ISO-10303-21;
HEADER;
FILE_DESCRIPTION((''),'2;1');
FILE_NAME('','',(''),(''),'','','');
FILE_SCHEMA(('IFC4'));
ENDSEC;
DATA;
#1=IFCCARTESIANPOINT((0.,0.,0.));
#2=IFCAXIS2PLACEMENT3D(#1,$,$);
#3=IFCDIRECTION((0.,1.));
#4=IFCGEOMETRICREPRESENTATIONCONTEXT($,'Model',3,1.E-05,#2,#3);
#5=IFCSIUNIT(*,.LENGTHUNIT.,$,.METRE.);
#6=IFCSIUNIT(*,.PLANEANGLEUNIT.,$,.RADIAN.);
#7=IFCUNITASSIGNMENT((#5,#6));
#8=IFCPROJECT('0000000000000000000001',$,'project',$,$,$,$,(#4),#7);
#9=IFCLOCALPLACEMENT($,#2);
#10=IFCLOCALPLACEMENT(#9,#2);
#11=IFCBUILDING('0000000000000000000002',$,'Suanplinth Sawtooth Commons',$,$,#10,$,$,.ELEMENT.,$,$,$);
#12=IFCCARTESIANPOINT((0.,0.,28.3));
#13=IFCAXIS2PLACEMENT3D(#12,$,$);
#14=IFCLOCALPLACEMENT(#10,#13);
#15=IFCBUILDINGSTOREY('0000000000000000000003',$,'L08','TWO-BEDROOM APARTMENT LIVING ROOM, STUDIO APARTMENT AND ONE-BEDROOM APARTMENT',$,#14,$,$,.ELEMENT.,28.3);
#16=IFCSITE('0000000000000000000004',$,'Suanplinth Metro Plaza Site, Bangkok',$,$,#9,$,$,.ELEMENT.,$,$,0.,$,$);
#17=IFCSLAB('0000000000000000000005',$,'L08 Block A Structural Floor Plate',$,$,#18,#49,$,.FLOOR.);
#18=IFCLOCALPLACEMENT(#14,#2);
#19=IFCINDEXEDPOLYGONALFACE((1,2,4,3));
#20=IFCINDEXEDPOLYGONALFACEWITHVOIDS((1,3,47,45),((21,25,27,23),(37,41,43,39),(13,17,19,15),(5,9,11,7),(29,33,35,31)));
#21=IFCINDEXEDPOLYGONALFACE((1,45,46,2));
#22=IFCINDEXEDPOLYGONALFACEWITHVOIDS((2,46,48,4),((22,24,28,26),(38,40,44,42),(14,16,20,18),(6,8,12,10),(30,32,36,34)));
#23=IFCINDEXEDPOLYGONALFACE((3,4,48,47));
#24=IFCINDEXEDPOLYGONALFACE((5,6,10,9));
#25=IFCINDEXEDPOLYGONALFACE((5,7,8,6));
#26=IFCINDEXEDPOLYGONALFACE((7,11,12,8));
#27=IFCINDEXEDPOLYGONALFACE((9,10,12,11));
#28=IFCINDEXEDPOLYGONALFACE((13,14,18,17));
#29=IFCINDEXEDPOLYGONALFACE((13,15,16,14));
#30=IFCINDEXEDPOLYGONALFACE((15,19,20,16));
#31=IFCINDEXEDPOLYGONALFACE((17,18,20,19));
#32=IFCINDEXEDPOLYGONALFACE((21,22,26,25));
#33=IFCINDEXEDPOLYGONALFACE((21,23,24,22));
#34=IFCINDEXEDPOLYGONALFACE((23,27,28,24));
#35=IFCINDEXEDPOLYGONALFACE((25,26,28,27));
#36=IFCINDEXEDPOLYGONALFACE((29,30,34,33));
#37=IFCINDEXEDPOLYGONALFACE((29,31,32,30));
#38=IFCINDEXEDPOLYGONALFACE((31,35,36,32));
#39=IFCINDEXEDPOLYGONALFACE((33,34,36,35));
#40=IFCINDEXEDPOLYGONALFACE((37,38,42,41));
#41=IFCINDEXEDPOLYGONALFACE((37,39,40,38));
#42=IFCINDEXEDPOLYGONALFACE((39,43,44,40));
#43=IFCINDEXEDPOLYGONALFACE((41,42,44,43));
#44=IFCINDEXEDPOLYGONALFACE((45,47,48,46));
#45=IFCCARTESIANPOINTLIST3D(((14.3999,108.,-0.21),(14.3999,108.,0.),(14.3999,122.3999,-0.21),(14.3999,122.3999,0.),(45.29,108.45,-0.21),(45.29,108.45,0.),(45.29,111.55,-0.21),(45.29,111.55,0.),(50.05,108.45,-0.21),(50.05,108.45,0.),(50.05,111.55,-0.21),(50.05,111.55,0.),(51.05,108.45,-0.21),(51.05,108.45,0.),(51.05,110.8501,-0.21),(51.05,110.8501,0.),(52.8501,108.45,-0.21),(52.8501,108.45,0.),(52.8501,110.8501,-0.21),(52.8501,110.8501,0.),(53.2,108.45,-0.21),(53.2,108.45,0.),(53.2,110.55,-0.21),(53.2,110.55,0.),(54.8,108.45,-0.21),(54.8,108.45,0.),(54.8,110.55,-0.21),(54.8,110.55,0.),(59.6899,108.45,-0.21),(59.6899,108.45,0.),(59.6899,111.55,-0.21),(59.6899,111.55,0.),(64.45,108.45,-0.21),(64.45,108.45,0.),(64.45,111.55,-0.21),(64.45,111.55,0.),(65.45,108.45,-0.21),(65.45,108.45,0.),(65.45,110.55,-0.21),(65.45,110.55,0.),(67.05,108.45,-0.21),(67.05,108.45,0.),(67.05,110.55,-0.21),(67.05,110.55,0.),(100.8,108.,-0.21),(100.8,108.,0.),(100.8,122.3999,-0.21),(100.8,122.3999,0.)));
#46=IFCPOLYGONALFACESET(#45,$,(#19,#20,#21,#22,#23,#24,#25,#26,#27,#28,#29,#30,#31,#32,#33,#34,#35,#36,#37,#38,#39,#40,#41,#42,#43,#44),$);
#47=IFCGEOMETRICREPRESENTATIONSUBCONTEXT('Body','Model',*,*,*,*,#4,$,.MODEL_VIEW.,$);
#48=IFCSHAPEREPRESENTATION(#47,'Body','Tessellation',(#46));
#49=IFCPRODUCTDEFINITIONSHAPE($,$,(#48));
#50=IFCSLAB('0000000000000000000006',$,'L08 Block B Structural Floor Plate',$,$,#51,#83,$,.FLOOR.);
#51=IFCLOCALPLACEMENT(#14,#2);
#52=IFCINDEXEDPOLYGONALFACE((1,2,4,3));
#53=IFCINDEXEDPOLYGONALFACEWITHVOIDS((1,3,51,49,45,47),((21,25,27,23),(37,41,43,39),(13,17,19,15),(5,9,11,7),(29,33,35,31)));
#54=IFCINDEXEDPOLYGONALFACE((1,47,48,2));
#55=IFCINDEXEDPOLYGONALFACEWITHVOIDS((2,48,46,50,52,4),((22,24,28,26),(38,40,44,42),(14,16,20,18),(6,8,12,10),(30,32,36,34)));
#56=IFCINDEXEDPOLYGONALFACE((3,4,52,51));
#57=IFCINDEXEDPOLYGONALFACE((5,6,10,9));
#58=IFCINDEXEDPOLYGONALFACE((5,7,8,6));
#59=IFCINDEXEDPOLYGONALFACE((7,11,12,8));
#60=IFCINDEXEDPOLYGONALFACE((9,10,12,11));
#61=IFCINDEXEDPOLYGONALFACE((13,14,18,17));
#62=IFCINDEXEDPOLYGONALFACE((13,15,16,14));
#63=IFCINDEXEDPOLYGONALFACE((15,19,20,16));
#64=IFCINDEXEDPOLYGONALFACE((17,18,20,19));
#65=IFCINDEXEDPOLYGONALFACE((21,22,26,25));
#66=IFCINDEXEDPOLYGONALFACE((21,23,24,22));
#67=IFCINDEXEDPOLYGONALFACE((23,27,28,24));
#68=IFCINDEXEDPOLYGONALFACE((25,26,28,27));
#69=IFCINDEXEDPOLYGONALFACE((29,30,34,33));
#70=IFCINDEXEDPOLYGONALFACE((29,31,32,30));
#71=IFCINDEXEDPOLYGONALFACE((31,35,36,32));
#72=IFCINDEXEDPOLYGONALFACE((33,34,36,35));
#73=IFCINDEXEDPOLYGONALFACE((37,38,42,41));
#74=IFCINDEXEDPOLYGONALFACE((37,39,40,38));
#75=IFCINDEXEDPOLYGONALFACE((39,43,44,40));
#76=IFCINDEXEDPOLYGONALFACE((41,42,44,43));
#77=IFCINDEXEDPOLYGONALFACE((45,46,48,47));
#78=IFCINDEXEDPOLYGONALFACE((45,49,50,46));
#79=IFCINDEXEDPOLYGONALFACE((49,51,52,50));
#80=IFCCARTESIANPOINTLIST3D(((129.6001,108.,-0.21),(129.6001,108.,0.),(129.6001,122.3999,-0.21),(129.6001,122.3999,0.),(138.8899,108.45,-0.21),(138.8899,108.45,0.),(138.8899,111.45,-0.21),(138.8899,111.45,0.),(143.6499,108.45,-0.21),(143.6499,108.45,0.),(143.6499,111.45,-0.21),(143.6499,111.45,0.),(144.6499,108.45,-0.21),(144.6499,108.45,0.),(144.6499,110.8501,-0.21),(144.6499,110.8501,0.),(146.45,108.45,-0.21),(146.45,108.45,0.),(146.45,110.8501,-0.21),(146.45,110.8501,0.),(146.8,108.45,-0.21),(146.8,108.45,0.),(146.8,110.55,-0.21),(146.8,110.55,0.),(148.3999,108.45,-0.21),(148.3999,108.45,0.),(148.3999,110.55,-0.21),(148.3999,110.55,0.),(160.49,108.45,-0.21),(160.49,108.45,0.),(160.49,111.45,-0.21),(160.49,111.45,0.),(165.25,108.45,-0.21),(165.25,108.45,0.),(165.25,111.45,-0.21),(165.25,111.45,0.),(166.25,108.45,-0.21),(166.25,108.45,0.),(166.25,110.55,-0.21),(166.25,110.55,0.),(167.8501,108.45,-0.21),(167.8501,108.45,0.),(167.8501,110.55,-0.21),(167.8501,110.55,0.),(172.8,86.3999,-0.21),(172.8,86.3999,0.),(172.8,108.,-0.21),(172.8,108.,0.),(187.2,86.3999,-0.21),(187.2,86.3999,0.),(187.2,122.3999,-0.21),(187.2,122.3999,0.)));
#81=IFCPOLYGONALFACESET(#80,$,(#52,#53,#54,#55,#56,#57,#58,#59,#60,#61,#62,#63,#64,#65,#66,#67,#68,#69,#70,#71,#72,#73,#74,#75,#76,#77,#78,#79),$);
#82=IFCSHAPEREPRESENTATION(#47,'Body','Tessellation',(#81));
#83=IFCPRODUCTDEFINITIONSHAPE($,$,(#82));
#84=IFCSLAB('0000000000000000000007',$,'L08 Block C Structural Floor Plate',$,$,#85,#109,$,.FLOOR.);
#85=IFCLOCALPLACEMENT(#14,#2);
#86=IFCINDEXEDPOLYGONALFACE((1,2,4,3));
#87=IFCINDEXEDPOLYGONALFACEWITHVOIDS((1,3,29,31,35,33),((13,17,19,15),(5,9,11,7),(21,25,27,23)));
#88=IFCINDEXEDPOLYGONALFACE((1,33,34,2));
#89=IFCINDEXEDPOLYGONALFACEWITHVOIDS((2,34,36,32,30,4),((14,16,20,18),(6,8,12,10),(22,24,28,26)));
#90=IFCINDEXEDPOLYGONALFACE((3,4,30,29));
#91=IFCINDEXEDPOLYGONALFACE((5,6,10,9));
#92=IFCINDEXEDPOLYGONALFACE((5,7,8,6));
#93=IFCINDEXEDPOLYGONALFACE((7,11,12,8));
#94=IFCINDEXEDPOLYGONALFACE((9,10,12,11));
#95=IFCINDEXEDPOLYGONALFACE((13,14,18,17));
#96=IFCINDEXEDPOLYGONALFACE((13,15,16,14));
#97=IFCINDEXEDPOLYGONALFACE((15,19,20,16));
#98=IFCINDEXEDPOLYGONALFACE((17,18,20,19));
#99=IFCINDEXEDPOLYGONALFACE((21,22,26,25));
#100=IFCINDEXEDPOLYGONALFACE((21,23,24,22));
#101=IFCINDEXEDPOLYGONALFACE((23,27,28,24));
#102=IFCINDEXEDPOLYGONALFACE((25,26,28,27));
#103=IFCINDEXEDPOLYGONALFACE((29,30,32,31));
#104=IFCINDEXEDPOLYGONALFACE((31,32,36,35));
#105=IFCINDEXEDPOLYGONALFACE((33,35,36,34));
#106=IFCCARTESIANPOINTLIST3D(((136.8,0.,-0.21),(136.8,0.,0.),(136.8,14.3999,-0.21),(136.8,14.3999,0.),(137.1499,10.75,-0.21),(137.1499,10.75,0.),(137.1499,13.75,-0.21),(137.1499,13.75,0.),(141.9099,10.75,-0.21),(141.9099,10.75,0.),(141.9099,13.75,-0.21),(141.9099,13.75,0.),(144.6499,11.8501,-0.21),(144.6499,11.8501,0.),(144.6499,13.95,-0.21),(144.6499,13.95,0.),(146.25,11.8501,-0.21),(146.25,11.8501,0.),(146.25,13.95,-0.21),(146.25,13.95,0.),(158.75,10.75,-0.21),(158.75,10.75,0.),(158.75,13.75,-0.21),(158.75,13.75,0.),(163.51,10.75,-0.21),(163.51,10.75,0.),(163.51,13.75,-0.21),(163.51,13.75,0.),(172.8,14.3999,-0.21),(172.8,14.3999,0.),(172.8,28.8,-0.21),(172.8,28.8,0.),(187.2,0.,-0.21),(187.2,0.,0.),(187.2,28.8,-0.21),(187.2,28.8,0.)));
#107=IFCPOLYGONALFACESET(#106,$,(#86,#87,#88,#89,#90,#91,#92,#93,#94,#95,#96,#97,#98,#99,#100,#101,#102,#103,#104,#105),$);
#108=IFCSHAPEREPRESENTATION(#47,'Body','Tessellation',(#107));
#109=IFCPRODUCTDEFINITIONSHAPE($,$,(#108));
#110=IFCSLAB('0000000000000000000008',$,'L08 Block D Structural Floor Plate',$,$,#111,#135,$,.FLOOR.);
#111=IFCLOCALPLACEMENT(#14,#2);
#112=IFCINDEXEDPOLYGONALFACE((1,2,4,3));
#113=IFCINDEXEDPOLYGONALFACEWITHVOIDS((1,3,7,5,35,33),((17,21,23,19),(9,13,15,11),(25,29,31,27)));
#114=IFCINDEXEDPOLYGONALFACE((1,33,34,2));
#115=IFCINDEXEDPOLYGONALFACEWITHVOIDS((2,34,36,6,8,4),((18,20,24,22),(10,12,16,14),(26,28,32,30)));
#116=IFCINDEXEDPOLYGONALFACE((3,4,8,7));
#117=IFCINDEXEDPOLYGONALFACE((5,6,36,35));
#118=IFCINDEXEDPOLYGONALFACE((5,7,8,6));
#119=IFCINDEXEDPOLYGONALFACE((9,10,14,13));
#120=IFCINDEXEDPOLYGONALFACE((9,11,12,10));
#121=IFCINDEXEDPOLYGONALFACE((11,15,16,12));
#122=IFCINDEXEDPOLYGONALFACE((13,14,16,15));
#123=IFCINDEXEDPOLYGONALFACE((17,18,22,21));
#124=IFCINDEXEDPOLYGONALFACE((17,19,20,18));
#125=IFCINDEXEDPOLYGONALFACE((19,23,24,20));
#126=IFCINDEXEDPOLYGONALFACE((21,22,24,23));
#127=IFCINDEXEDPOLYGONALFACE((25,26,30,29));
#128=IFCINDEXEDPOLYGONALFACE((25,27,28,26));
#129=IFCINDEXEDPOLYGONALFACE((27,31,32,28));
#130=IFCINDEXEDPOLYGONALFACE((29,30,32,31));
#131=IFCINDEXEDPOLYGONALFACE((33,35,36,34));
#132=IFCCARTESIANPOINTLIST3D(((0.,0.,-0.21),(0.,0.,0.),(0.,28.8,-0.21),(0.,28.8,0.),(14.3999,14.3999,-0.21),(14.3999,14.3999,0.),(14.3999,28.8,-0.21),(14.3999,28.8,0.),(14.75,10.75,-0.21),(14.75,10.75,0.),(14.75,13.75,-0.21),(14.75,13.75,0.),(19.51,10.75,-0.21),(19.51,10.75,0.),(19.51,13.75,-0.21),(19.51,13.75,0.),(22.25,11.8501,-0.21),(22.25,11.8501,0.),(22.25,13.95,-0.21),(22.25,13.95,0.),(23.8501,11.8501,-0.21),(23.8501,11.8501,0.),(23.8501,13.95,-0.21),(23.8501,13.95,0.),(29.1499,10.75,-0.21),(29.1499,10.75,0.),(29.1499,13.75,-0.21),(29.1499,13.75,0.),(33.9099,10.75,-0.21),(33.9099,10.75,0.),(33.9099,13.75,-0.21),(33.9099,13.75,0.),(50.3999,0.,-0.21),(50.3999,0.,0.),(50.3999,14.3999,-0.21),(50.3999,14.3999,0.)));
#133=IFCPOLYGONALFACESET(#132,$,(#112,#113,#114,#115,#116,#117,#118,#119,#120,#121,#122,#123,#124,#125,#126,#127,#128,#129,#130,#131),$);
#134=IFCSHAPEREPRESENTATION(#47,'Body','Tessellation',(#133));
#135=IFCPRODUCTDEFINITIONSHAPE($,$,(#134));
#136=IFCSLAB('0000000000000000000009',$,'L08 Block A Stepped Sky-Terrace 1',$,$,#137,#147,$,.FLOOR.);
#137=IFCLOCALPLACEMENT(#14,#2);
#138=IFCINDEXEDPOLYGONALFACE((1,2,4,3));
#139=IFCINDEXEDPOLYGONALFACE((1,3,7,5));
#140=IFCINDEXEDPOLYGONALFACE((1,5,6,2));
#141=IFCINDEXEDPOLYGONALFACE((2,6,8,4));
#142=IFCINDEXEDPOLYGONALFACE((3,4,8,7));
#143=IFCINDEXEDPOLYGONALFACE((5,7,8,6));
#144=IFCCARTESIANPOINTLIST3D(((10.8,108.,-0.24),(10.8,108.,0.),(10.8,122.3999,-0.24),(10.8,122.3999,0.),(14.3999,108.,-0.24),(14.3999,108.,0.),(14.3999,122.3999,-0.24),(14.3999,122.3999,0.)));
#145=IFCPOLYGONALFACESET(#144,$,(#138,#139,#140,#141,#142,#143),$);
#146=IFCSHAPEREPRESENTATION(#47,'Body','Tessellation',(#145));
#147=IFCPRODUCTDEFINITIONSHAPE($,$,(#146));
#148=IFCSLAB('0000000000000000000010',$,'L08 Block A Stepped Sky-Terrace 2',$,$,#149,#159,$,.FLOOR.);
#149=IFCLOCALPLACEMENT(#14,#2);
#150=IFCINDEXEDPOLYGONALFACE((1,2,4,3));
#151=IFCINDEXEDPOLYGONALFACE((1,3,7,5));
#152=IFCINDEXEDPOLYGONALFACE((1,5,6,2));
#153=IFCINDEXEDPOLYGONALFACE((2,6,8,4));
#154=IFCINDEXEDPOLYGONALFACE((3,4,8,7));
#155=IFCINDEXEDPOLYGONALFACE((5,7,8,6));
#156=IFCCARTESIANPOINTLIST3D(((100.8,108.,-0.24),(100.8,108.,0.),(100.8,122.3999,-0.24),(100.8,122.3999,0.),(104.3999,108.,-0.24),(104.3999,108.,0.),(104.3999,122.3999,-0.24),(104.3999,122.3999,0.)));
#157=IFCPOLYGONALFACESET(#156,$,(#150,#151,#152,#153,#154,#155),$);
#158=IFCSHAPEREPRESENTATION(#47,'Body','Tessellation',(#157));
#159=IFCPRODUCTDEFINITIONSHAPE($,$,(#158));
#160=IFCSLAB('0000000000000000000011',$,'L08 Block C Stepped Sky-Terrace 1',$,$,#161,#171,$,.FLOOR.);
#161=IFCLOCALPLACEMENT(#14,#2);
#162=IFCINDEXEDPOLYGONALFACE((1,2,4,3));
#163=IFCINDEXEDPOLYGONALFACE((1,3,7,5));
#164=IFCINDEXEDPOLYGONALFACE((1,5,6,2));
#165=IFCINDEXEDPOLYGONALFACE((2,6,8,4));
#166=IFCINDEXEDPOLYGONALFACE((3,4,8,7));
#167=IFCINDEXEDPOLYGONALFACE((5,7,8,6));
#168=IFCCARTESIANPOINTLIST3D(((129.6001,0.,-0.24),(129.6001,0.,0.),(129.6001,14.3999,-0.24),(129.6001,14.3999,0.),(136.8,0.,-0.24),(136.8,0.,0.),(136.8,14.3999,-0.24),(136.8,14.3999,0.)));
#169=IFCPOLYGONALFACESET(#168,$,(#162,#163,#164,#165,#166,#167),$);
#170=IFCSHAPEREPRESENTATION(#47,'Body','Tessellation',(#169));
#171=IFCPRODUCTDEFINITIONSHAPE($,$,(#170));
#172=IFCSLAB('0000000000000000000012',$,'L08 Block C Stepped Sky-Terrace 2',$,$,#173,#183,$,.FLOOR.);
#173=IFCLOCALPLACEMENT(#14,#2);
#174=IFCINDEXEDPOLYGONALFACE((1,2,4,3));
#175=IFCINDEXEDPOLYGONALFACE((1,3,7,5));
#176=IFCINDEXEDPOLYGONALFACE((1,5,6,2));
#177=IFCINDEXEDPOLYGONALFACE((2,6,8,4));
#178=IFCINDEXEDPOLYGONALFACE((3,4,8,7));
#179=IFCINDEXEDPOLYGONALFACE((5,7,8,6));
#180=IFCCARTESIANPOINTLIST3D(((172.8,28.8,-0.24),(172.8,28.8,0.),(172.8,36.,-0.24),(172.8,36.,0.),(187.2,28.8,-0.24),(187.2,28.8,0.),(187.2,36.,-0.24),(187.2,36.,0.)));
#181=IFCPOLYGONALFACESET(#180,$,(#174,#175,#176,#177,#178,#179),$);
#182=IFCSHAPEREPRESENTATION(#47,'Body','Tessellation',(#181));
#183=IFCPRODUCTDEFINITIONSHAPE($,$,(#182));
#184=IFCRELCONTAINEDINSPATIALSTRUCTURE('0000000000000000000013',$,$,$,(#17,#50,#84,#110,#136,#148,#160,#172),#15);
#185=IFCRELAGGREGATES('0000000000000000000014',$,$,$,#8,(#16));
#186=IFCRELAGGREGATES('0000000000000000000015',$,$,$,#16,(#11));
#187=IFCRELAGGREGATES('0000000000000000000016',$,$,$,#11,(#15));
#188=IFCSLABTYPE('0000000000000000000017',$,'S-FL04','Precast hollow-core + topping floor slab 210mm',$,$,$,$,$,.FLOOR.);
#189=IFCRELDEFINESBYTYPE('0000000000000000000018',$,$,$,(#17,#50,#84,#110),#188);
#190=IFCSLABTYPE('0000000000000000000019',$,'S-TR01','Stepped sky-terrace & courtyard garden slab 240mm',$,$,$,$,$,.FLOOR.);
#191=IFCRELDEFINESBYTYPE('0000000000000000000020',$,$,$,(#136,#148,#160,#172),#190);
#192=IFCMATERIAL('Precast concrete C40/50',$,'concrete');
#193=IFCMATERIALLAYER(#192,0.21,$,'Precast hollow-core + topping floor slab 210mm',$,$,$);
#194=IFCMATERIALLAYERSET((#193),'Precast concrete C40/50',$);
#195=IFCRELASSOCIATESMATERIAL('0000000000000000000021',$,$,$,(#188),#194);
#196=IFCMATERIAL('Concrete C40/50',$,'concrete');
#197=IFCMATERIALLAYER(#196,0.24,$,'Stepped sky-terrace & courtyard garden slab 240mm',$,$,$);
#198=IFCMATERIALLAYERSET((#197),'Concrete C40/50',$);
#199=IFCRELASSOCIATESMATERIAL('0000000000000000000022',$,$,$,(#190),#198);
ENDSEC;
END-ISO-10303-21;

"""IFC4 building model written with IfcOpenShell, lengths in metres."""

from ifc_helpers import new_model, si_unit, direction, frame, origin, place, context, subcontext, project, spatial, polyline, outline, extrude, material, layer, layer_set, type_object, element, save


model = new_model("IFC4")

# Units and contexts
model_context = context("Model", 3, precision=1e-05, world=origin(), true_north=direction((0.0, 1.0)))
body_context = subcontext(model_context, "Body", "Model", "MODEL_VIEW")
ifc_project = project(units=[si_unit("LENGTHUNIT", "METRE"), si_unit("PLANEANGLEUNIT", "RADIAN")], contexts=[model_context])

# Site, building, storey
site_placement = place(None, origin())
site = spatial("IfcSite", under=ifc_project, at=site_placement, Name="Suanplinth Metro Plaza Site, Bangkok", CompositionType="ELEMENT", RefElevation=0.0)
building_placement = place(site_placement, origin())
building = spatial("IfcBuilding", under=site, at=building_placement, Name="Suanplinth Sawtooth Commons", CompositionType="ELEMENT")
storey_placement = place(building_placement, frame((0.0, 0.0, 28.3)))
storey = spatial("IfcBuildingStorey", under=building, at=storey_placement, Name="L08", Description="TWO-BEDROOM APARTMENT LIVING ROOM, STUDIO APARTMENT AND ONE-BEDROOM APARTMENT", CompositionType="ELEMENT", Elevation=28.3)

# Shared definitions
ifc_material_1 = material(Name="Precast concrete C40/50", Category="concrete")

# Slabs
ifc_layer_1 = layer(ifc_material_1, 0.21, Name="Precast hollow-core + topping floor slab 210mm")
ifc_layer_set_1 = layer_set([ifc_layer_1], Name="Precast concrete C40/50")
slab_type_1 = type_object("IfcSlabType", Name="S-FL04", Description="Precast hollow-core + topping floor slab 210mm", PredefinedType="FLOOR", material=ifc_layer_set_1)
slab_1_placement = place(storey_placement, frame((0.0, 0.0, -0.21)))
element("IfcSlab", 1, at=slab_1_placement, inside=storey, type_object=slab_type_1, Name="L08 Block A Structural Floor Plate", PredefinedType="FLOOR", context=body_context, shape_type="SweptSolid", body=[
    extrude(outline(polyline([(14.3999, 108.0), (100.8, 108.0), (100.8, 122.3999), (14.3999, 122.3999), (14.3999, 108.0)]), holes=[polyline([(45.29, 108.45), (50.05, 108.45), (50.05, 111.55), (45.29, 111.55), (45.29, 108.45)]), polyline([(51.05, 108.45), (52.8501, 108.45), (52.8501, 110.8501), (51.05, 110.8501), (51.05, 108.45)]), polyline([(53.2, 108.45), (54.8, 108.45), (54.8, 110.55), (53.2, 110.55), (53.2, 108.45)]), polyline([(59.6899, 108.45), (64.45, 108.45), (64.45, 111.55), (59.6899, 111.55), (59.6899, 108.45)]), polyline([(65.45, 108.45), (67.05, 108.45), (67.05, 110.55), (65.45, 110.55), (65.45, 108.45)])]), origin(), (0.0, 0.0, 1.0), 0.21),
])
slab_2_placement = place(storey_placement, frame((0.0, 0.0, -0.21)))
element("IfcSlab", 2, at=slab_2_placement, inside=storey, type_object=slab_type_1, Name="L08 Block B Structural Floor Plate", PredefinedType="FLOOR", context=body_context, shape_type="SweptSolid", body=[
    extrude(outline(polyline([(172.8, 108.0), (129.6001, 108.0), (129.6001, 122.3999), (187.2, 122.3999), (187.2, 86.3999), (172.8, 86.3999), (172.8, 108.0)]), holes=[polyline([(138.8899, 108.45), (143.6499, 108.45), (143.6499, 111.45), (138.8899, 111.45), (138.8899, 108.45)]), polyline([(144.6499, 108.45), (146.45, 108.45), (146.45, 110.8501), (144.6499, 110.8501), (144.6499, 108.45)]), polyline([(146.8, 108.45), (148.3999, 108.45), (148.3999, 110.55), (146.8, 110.55), (146.8, 108.45)]), polyline([(160.49, 108.45), (165.25, 108.45), (165.25, 111.45), (160.49, 111.45), (160.49, 108.45)]), polyline([(166.25, 108.45), (167.8501, 108.45), (167.8501, 110.55), (166.25, 110.55), (166.25, 108.45)])]), origin(), (0.0, 0.0, 1.0), 0.21),
])
slab_3_placement = place(storey_placement, frame((0.0, 0.0, -0.21)))
element("IfcSlab", 3, at=slab_3_placement, inside=storey, type_object=slab_type_1, Name="L08 Block C Structural Floor Plate", PredefinedType="FLOOR", context=body_context, shape_type="SweptSolid", body=[
    extrude(outline(polyline([(187.2, 0.0), (136.8, 0.0), (136.8, 14.3999), (172.8, 14.3999), (172.8, 28.8), (187.2, 28.8), (187.2, 0.0)]), holes=[polyline([(137.1499, 10.75), (141.9099, 10.75), (141.9099, 13.75), (137.1499, 13.75), (137.1499, 10.75)]), polyline([(144.6499, 11.8501), (146.25, 11.8501), (146.25, 13.95), (144.6499, 13.95), (144.6499, 11.8501)]), polyline([(158.75, 10.75), (163.51, 10.75), (163.51, 13.75), (158.75, 13.75), (158.75, 10.75)])]), origin(), (0.0, 0.0, 1.0), 0.21),
])
slab_4_placement = place(storey_placement, frame((0.0, 0.0, -0.21)))
element("IfcSlab", 4, at=slab_4_placement, inside=storey, type_object=slab_type_1, Name="L08 Block D Structural Floor Plate", PredefinedType="FLOOR", context=body_context, shape_type="SweptSolid", body=[
    extrude(outline(polyline([(0.0, 0.0), (0.0, 28.8), (14.3999, 28.8), (14.3999, 14.3999), (50.3999, 14.3999), (50.3999, 0.0), (0.0, 0.0)]), holes=[polyline([(14.75, 10.75), (19.51, 10.75), (19.51, 13.75), (14.75, 13.75), (14.75, 10.75)]), polyline([(22.25, 11.8501), (23.8501, 11.8501), (23.8501, 13.95), (22.25, 13.95), (22.25, 11.8501)]), polyline([(29.1499, 10.75), (33.9099, 10.75), (33.9099, 13.75), (29.1499, 13.75), (29.1499, 10.75)])]), origin(), (0.0, 0.0, 1.0), 0.21),
])
ifc_material_2 = material(Name="Concrete C40/50", Category="concrete")
ifc_layer_2 = layer(ifc_material_2, 0.24, Name="Stepped sky-terrace & courtyard garden slab 240mm")
ifc_layer_set_2 = layer_set([ifc_layer_2], Name="Concrete C40/50")
slab_type_2 = type_object("IfcSlabType", Name="S-TR01", Description="Stepped sky-terrace & courtyard garden slab 240mm", PredefinedType="FLOOR", material=ifc_layer_set_2)
slab_5_placement = place(storey_placement, frame((0.0, 0.0, -0.24)))
element("IfcSlab", 5, at=slab_5_placement, inside=storey, type_object=slab_type_2, Name="L08 Block A Stepped Sky-Terrace 1", PredefinedType="FLOOR", context=body_context, shape_type="SweptSolid", body=[
    extrude(outline(polyline([(10.8, 108.0), (10.8, 122.3999), (14.3999, 122.3999), (14.3999, 108.0), (10.8, 108.0)])), origin(), (0.0, 0.0, 1.0), 0.24),
])
slab_6_placement = place(storey_placement, frame((0.0, 0.0, -0.24)))
element("IfcSlab", 6, at=slab_6_placement, inside=storey, type_object=slab_type_2, Name="L08 Block A Stepped Sky-Terrace 2", PredefinedType="FLOOR", context=body_context, shape_type="SweptSolid", body=[
    extrude(outline(polyline([(104.3999, 122.3999), (104.3999, 108.0), (100.8, 108.0), (100.8, 122.3999), (104.3999, 122.3999)])), origin(), (0.0, 0.0, 1.0), 0.24),
])
slab_7_placement = place(storey_placement, frame((0.0, 0.0, -0.24)))
element("IfcSlab", 7, at=slab_7_placement, inside=storey, type_object=slab_type_2, Name="L08 Block C Stepped Sky-Terrace 1", PredefinedType="FLOOR", context=body_context, shape_type="SweptSolid", body=[
    extrude(outline(polyline([(129.6001, 0.0), (129.6001, 14.3999), (136.8, 14.3999), (136.8, 0.0), (129.6001, 0.0)])), origin(), (0.0, 0.0, 1.0), 0.24),
])
slab_8_placement = place(storey_placement, frame((0.0, 0.0, -0.24)))
element("IfcSlab", 8, at=slab_8_placement, inside=storey, type_object=slab_type_2, Name="L08 Block C Stepped Sky-Terrace 2", PredefinedType="FLOOR", context=body_context, shape_type="SweptSolid", body=[
    extrude(outline(polyline([(172.8, 36.0), (187.2, 36.0), (187.2, 28.8), (172.8, 28.8), (172.8, 36.0)])), origin(), (0.0, 0.0, 1.0), 0.24),
])

save(model, "model.ifc")
